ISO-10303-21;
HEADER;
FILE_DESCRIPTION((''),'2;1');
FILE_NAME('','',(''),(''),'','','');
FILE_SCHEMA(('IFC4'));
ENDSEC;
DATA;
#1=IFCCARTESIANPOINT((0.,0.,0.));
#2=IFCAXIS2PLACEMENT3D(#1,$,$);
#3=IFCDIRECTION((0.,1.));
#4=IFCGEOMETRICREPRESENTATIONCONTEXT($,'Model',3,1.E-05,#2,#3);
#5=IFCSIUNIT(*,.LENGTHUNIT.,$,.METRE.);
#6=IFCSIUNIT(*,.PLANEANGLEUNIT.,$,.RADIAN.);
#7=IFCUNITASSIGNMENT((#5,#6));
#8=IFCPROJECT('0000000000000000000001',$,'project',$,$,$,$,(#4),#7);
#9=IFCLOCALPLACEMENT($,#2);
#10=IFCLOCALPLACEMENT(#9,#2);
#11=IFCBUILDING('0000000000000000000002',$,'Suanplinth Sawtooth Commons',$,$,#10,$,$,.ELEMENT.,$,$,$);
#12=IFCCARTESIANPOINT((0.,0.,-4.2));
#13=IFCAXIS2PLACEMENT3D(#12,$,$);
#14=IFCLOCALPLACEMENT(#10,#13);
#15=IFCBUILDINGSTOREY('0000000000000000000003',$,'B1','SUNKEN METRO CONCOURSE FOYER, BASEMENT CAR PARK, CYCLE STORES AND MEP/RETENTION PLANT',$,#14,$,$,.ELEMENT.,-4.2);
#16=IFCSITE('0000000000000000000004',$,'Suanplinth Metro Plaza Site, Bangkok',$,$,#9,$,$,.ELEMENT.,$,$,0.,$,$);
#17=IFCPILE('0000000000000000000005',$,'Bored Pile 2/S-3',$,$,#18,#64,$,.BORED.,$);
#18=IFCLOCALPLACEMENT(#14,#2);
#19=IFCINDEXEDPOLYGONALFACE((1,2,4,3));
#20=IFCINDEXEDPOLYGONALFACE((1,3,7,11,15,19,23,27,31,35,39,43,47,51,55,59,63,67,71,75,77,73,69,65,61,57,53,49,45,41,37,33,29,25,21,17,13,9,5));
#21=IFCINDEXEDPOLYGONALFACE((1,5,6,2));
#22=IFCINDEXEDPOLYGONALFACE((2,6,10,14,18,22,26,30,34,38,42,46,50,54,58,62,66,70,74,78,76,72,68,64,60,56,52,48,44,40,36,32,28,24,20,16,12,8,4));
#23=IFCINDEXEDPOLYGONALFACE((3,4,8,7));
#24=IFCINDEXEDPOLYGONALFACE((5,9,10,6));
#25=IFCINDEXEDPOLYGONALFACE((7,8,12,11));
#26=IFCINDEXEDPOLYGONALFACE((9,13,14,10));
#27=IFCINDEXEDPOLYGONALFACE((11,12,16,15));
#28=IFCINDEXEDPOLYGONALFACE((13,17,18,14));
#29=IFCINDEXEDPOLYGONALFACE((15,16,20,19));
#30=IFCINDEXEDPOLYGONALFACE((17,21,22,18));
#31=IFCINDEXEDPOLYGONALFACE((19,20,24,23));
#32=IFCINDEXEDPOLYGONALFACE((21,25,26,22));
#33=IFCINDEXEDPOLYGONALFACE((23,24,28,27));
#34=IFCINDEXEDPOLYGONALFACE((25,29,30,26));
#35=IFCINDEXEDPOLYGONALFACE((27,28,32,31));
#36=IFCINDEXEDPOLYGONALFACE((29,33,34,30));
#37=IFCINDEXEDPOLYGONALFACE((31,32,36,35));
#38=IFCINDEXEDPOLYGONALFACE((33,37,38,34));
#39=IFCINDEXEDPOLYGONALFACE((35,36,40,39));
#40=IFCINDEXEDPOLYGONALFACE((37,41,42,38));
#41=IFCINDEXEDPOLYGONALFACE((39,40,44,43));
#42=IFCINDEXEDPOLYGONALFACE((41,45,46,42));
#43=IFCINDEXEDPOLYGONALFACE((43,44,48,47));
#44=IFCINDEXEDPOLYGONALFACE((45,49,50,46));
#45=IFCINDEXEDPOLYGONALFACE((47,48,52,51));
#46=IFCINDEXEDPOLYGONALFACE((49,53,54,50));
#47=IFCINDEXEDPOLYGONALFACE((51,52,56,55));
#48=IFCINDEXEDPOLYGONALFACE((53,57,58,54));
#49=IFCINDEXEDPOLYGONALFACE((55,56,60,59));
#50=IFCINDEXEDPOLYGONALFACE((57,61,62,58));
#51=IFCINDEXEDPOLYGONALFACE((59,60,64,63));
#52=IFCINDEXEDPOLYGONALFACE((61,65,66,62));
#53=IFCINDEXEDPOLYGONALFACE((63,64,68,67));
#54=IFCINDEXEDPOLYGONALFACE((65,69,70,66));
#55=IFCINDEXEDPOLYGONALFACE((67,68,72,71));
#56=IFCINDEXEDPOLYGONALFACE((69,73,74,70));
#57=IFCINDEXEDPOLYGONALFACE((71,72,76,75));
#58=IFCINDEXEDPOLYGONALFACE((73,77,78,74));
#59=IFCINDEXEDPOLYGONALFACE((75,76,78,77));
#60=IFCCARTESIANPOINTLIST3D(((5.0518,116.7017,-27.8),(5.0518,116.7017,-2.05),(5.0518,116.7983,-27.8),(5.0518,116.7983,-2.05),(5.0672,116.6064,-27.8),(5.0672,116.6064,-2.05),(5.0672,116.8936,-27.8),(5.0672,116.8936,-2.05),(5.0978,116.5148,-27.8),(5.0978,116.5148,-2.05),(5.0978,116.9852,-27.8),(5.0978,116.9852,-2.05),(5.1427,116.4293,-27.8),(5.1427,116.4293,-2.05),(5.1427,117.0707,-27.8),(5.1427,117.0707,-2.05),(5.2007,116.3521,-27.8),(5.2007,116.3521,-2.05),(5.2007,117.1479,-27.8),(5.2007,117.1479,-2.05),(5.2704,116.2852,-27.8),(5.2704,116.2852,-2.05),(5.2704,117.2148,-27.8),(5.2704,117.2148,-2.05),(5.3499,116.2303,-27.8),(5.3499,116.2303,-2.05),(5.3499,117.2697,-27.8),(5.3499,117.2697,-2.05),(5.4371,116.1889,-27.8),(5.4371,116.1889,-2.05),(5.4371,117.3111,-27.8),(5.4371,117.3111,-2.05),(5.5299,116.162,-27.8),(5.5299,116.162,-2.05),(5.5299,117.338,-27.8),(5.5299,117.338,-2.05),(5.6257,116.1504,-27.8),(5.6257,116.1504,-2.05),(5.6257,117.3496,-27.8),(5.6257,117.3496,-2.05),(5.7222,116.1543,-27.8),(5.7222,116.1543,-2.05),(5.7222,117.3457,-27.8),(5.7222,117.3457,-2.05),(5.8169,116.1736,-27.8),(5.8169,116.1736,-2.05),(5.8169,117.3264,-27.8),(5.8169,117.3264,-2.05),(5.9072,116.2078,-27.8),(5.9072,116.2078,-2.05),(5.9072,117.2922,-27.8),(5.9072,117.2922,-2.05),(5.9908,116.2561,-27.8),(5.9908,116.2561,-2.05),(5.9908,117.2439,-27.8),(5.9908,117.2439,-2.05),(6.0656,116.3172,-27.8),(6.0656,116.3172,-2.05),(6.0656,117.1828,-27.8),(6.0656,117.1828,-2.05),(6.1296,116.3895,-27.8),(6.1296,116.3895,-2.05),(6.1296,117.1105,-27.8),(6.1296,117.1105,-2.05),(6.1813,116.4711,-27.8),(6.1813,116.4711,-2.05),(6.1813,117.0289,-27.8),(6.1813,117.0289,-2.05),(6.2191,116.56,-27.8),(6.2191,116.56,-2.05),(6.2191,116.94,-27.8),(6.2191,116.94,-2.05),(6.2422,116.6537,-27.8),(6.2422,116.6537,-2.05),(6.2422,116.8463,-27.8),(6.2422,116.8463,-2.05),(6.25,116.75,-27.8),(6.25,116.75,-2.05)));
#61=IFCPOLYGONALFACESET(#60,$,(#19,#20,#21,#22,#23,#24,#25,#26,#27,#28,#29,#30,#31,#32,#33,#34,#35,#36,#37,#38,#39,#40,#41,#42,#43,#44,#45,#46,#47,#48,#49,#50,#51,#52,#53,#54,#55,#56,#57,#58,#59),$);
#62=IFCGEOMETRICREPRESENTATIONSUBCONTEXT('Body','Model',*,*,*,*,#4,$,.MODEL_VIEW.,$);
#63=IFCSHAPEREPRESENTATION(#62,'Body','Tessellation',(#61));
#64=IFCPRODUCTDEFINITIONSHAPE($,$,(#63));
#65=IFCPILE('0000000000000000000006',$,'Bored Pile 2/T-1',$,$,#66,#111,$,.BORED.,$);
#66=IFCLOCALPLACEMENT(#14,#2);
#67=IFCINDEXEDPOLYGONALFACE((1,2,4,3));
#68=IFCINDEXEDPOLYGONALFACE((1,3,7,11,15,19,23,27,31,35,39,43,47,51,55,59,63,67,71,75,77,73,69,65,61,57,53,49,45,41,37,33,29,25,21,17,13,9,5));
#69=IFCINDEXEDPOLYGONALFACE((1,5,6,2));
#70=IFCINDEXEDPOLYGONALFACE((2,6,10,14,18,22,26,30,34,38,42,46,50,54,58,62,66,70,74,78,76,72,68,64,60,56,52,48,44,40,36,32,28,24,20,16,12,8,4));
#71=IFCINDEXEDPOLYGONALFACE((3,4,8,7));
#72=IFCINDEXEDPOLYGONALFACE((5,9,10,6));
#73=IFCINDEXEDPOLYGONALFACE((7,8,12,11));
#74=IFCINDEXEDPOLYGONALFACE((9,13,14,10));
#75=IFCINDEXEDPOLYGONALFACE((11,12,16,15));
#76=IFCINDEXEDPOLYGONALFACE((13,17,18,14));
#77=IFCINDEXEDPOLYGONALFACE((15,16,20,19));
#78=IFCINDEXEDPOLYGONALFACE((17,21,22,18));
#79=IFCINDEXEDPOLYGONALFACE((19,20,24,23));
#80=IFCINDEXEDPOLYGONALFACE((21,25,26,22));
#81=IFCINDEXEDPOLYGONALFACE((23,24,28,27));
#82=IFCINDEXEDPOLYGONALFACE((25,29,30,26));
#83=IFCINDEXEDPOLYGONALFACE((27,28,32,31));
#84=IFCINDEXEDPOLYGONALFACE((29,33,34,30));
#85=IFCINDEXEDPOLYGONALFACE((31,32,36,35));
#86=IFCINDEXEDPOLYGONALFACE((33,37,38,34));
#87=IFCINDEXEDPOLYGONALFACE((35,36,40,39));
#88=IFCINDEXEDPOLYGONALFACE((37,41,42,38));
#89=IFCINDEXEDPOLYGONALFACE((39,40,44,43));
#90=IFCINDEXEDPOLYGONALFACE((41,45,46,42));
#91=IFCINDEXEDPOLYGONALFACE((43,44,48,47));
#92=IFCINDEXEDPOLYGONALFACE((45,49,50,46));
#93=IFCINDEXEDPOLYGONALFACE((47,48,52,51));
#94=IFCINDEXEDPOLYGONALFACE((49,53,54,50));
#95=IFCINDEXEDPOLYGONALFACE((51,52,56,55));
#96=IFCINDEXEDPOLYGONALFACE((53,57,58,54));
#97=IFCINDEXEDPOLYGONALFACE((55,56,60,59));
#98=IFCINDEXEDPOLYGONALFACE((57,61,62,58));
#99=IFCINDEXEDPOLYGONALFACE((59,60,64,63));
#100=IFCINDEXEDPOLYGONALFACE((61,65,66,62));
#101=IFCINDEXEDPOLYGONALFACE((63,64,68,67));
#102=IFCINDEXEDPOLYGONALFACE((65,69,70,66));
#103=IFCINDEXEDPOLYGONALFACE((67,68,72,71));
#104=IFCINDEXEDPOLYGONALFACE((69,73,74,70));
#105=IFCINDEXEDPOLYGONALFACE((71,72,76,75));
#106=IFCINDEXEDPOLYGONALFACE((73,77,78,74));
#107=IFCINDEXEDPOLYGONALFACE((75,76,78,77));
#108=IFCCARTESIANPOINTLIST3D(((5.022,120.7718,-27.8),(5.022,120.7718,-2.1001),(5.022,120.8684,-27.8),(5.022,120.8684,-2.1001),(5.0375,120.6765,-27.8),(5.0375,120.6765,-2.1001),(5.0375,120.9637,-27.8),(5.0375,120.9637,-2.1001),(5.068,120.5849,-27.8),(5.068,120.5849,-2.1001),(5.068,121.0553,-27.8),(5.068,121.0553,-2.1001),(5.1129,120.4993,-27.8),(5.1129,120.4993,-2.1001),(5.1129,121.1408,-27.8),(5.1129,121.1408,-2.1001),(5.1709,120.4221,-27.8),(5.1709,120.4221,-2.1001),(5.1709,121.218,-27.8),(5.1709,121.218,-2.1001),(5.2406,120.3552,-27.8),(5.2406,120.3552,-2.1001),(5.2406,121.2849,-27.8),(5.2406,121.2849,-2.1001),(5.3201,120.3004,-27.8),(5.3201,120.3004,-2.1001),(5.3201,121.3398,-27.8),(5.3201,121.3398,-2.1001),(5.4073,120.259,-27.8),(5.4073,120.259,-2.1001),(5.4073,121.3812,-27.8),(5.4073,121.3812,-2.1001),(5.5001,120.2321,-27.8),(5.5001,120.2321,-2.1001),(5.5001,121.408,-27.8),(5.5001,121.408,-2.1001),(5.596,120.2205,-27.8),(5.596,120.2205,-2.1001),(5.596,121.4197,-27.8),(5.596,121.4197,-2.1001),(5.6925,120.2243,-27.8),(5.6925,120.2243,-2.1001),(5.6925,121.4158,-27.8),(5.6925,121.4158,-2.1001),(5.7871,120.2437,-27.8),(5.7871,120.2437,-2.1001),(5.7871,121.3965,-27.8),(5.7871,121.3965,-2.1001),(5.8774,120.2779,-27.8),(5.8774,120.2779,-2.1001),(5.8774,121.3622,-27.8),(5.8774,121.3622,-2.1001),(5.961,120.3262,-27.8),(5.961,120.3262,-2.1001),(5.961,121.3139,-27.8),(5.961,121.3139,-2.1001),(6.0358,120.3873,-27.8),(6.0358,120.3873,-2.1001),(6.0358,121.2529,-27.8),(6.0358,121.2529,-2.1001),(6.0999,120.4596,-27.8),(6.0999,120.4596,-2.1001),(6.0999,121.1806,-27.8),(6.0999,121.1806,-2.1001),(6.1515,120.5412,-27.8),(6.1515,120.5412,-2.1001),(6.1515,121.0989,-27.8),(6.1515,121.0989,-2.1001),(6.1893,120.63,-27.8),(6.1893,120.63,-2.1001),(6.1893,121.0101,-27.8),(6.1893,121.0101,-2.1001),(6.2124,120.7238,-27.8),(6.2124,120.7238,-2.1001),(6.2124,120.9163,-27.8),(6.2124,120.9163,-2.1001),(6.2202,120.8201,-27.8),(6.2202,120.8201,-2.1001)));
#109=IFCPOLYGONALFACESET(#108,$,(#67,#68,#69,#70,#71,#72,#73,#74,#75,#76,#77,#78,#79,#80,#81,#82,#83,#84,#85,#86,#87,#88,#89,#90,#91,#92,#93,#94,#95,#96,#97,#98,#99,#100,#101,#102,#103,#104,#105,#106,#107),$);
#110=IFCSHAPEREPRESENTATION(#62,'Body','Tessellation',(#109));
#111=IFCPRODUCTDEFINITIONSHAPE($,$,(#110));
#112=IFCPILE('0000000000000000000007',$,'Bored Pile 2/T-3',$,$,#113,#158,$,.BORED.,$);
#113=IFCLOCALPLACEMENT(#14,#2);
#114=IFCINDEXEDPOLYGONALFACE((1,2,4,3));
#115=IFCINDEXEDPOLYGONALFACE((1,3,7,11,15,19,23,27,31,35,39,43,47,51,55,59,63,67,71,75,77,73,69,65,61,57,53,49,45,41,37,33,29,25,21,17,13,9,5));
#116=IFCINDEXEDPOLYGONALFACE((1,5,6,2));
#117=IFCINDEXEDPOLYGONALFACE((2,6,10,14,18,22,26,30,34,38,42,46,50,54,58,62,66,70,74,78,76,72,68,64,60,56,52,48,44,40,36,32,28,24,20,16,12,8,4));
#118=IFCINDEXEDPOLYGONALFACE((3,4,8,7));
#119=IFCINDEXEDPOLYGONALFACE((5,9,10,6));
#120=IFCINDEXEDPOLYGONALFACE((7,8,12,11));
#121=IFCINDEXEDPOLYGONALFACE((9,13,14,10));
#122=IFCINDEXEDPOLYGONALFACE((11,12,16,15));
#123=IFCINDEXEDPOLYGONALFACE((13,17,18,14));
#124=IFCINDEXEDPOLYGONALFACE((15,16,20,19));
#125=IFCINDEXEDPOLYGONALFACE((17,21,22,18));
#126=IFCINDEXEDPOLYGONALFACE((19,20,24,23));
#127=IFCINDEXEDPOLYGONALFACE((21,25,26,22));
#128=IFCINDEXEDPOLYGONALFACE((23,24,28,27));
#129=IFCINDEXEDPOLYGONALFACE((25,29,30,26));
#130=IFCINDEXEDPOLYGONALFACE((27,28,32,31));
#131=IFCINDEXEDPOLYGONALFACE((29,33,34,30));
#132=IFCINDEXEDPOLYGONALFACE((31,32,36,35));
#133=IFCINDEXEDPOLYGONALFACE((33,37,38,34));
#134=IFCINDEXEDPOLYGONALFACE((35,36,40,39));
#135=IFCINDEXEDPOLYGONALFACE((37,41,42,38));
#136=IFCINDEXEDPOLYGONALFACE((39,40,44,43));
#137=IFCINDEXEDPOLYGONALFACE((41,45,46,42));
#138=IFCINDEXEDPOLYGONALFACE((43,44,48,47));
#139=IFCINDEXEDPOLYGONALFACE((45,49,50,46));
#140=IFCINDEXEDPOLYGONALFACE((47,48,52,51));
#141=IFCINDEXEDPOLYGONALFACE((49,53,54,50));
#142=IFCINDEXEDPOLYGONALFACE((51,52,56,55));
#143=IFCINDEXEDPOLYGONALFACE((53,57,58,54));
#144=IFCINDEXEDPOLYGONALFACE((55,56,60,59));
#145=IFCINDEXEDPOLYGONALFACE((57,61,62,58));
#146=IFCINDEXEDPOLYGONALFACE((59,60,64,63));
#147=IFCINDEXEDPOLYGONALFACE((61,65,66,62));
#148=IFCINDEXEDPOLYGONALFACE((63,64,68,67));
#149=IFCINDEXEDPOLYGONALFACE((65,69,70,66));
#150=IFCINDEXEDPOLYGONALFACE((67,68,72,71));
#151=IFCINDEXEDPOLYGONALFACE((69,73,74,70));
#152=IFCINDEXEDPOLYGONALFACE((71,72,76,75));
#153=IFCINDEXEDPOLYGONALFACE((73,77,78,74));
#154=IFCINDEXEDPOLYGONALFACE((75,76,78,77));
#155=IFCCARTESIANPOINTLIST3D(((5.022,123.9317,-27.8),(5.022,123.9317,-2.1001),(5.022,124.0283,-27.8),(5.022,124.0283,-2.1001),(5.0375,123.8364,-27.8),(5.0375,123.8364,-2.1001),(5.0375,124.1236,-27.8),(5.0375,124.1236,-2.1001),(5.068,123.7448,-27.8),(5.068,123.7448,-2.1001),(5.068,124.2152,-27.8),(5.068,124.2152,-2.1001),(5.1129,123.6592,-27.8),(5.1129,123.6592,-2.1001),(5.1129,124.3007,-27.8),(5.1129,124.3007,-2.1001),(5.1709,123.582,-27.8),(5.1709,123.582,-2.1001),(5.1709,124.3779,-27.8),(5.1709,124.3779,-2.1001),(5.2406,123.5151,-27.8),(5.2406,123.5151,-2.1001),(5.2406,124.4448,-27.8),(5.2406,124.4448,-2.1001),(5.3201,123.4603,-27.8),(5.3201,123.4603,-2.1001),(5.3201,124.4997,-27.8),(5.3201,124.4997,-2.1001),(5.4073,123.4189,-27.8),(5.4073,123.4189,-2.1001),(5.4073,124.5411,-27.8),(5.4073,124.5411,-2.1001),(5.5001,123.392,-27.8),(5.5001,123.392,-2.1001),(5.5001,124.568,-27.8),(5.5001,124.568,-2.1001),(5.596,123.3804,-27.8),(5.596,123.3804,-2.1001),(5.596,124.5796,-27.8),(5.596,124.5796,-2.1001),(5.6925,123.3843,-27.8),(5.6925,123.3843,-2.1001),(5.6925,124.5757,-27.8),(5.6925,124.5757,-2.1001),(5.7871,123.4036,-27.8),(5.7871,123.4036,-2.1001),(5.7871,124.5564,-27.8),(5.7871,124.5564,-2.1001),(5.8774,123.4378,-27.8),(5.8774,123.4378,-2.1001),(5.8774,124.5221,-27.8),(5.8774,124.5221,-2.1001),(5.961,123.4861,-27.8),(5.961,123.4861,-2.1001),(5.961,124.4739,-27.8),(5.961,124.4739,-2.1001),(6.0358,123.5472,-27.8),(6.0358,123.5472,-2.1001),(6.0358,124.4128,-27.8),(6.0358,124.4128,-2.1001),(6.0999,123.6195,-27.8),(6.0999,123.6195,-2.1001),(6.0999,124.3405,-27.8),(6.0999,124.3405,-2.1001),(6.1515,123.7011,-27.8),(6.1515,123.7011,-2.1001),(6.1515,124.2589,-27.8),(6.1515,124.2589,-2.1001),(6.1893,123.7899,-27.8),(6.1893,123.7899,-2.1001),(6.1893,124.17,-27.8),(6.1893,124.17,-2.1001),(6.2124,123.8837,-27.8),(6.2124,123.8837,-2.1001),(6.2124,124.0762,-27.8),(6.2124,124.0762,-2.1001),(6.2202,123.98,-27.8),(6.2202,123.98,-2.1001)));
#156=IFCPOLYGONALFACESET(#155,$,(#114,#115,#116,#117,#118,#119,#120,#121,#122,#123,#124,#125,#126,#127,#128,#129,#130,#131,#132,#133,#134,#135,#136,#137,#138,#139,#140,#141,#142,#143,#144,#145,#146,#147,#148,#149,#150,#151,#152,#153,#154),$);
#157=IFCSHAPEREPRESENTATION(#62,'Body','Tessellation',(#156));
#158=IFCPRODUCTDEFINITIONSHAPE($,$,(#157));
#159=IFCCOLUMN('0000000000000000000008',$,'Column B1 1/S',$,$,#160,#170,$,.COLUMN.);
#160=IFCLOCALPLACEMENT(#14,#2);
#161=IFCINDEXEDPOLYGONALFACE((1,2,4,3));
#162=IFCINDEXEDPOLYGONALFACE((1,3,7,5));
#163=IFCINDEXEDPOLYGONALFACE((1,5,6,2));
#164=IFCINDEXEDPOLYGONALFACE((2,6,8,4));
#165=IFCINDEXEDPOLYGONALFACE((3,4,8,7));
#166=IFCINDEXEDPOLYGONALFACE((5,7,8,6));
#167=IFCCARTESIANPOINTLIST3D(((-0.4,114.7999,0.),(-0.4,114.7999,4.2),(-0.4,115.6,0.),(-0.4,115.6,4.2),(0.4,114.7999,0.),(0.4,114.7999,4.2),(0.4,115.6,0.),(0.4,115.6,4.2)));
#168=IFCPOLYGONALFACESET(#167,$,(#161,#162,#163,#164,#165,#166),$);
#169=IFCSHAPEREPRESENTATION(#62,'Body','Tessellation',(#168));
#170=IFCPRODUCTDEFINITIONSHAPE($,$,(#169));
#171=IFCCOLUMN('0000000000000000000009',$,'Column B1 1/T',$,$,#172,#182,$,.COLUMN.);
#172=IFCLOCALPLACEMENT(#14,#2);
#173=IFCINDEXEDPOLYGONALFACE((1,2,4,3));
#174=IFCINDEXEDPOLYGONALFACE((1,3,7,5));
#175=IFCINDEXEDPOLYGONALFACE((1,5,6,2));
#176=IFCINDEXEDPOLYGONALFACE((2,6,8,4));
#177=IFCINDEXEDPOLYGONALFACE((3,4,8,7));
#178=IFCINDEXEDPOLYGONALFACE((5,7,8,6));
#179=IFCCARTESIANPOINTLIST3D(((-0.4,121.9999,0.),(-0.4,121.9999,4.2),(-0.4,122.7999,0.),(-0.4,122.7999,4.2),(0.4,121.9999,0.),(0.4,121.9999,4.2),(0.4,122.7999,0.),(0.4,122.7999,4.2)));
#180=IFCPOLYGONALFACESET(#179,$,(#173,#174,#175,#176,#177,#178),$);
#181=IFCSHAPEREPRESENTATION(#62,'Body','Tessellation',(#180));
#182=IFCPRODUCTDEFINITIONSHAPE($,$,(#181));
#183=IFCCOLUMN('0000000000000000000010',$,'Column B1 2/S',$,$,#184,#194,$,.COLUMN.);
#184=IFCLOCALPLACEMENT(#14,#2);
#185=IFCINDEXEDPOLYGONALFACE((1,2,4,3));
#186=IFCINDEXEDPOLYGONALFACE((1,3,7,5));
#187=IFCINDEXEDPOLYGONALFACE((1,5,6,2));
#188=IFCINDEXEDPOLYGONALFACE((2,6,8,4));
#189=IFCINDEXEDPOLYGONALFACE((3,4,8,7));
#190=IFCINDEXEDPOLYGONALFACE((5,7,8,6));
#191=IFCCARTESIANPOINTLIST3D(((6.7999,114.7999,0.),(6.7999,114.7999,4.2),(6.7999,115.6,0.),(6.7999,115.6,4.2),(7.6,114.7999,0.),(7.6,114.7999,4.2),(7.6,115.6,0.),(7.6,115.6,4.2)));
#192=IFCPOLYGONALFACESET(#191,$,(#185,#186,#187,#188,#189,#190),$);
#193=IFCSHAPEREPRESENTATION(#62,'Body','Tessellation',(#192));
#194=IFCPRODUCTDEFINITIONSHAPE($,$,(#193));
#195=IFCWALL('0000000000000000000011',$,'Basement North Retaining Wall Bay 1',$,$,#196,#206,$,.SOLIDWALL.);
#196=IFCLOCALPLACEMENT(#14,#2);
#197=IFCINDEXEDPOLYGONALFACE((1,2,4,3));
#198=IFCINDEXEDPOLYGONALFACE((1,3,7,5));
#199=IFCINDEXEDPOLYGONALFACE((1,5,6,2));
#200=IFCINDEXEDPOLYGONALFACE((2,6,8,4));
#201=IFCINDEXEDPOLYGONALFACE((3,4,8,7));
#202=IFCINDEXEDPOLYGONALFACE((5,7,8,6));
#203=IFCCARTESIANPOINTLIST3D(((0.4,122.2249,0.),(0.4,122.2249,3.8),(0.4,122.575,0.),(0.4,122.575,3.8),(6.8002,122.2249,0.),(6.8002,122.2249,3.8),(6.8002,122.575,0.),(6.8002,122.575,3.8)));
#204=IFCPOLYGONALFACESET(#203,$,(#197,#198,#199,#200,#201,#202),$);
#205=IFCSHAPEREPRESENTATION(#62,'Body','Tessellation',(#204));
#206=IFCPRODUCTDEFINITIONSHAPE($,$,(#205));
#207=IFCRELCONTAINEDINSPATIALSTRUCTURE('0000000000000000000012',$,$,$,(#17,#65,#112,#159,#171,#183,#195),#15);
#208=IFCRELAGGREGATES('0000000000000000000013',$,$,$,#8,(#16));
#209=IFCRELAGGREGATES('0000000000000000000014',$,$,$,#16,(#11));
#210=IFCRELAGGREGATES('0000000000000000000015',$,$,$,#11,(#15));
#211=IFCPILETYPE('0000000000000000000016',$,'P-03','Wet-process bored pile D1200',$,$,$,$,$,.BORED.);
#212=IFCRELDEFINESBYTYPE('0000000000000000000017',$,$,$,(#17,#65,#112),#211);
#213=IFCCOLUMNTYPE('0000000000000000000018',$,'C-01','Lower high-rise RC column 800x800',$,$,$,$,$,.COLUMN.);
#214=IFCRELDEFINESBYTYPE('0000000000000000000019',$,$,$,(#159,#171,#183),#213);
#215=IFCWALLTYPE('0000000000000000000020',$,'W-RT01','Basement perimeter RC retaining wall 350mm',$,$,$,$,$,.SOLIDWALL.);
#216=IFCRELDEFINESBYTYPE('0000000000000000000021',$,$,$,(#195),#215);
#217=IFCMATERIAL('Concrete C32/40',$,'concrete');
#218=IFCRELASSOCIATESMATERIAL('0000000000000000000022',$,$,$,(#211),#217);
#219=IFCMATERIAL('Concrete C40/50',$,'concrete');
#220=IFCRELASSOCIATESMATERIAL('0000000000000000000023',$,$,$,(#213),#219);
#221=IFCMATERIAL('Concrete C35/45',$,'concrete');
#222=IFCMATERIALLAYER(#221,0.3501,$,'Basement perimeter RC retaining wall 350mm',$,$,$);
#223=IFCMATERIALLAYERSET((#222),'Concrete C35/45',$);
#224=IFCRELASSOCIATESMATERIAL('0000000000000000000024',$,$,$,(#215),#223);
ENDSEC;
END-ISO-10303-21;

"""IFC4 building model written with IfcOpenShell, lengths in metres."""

from ifc_helpers import new_model, si_unit, direction, frame, frame_2d, origin, origin_2d, place, context, subcontext, project, spatial, rectangle, circle, extrude, material, layer, layer_set, material_profile, profile_set, type_object, element, save


model = new_model("IFC4")

# Units and contexts
model_context = context("Model", 3, precision=1e-05, world=origin(), true_north=direction((0.0, 1.0)))
body_context = subcontext(model_context, "Body", "Model", "MODEL_VIEW")
ifc_project = project(units=[si_unit("LENGTHUNIT", "METRE"), si_unit("PLANEANGLEUNIT", "RADIAN")], contexts=[model_context])

# Site, building, storey
site_placement = place(None, origin())
site = spatial("IfcSite", under=ifc_project, at=site_placement, Name="Suanplinth Metro Plaza Site, Bangkok", CompositionType="ELEMENT", RefElevation=0.0)
building_placement = place(site_placement, origin())
building = spatial("IfcBuilding", under=site, at=building_placement, Name="Suanplinth Sawtooth Commons", CompositionType="ELEMENT")
storey_placement = place(building_placement, frame((0.0, 0.0, -4.2)))
storey = spatial("IfcBuildingStorey", under=building, at=storey_placement, Name="B1", Description="SUNKEN METRO CONCOURSE FOYER, BASEMENT CAR PARK, CYCLE STORES AND MEP/RETENTION PLANT", CompositionType="ELEMENT", Elevation=-4.2)

# Shared definitions
ifc_material_1 = material(Name="Concrete C35/45", Category="concrete")

# Piles
ifc_material_2 = material(Name="Concrete C32/40", Category="concrete")
ifc_material_profile_1 = material_profile(ifc_material_2, circle(Radius=0.6001, at=origin_2d()), Name="PILE D1200")
ifc_profile_set_1 = profile_set([ifc_material_profile_1], Name="Concrete C32/40")
pile_type = type_object("IfcPileType", Name="P-03", Description="Wet-process bored pile D1200", PredefinedType="BORED", material=ifc_profile_set_1)
for number, where, z_axis, x_axis, name in (
    (1, (5.6499, 116.75, -2.05), (0.0, 0.0, -1.0), (1.0, 0.0, 0.0), "Bored Pile 2/S-3"),
):
    element("IfcPile", number, at=place(storey_placement, frame(where, z_axis=z_axis, x_axis=x_axis)), inside=storey, type_object=pile_type, Name=name, PredefinedType="BORED", context=body_context, shape_type="SweptSolid", body=[
        extrude(circle(Radius=0.6001, at=origin_2d()), origin(), (0.0, 0.0, 1.0), 25.75),
    ])
for number, where, z_axis, x_axis, name in (
    (2, (5.6201, 120.8201, -2.1001), (0.0, 0.0, -1.0), (1.0, 0.0, 0.0), "Bored Pile 2/T-1"),
    (3, (5.6201, 123.98, -2.1001), (0.0, 0.0, -1.0), (1.0, 0.0, 0.0), "Bored Pile 2/T-3"),
):
    element("IfcPile", number, at=place(storey_placement, frame(where, z_axis=z_axis, x_axis=x_axis)), inside=storey, type_object=pile_type, Name=name, PredefinedType="BORED", context=body_context, shape_type="SweptSolid", body=[
        extrude(circle(Radius=0.6001, at=origin_2d()), origin(), (0.0, 0.0, 1.0), 25.7),
    ])

# Columns
ifc_material_3 = material(Name="Concrete C40/50", Category="concrete")
ifc_material_profile_2 = material_profile(ifc_material_3, rectangle(XDim=0.8, YDim=0.8, at=origin_2d()), Name="RC-COL 800x800")
ifc_profile_set_2 = profile_set([ifc_material_profile_2], Name="Concrete C40/50")
column_type = type_object("IfcColumnType", Name="C-01", Description="Lower high-rise RC column 800x800", PredefinedType="COLUMN", material=ifc_profile_set_2)
for number, where, z_axis, x_axis, name in (
    (4, (0.0, 115.2, 0.0), (0.0, 0.0, 1.0), (1.0, 0.0, 0.0), "Column B1 1/S"),
    (5, (0.0, 122.3999, 0.0), (0.0, 0.0, 1.0), (1.0, 0.0, 0.0), "Column B1 1/T"),
    (6, (7.2, 115.2, 0.0), (0.0, 0.0, 1.0), (1.0, 0.0, 0.0), "Column B1 2/S"),
):
    element("IfcColumn", number, at=place(storey_placement, frame(where, z_axis=z_axis, x_axis=x_axis)), inside=storey, type_object=column_type, Name=name, PredefinedType="COLUMN", context=body_context, shape_type="SweptSolid", body=[
        extrude(rectangle(XDim=0.8, YDim=0.8, at=origin_2d()), origin(), (0.0, 0.0, 1.0), 4.2),
    ])

# Wall
ifc_layer = layer(ifc_material_1, 0.3501, Name="Basement perimeter RC retaining wall 350mm")
ifc_layer_set = layer_set([ifc_layer], Name="Concrete C35/45")
wall_type = type_object("IfcWallType", Name="W-RT01", Description="Basement perimeter RC retaining wall 350mm", PredefinedType="SOLIDWALL", material=ifc_layer_set)
wall_1_placement = place(storey_placement, frame((0.3999, 122.3999, 0.0), z_axis=(0.0, 0.0, 1.0), x_axis=(1.0, 0.0, 0.0)))
element("IfcWall", 7, at=wall_1_placement, inside=storey, type_object=wall_type, Name="Basement North Retaining Wall Bay 1", PredefinedType="SOLIDWALL", context=body_context, shape_type="SweptSolid", body=[
    extrude(rectangle(XDim=6.4001, YDim=0.3501, at=frame_2d((3.2002, 0.0))), origin(), (0.0, 0.0, 1.0), 3.8),
])

save(model, "model.ifc")
